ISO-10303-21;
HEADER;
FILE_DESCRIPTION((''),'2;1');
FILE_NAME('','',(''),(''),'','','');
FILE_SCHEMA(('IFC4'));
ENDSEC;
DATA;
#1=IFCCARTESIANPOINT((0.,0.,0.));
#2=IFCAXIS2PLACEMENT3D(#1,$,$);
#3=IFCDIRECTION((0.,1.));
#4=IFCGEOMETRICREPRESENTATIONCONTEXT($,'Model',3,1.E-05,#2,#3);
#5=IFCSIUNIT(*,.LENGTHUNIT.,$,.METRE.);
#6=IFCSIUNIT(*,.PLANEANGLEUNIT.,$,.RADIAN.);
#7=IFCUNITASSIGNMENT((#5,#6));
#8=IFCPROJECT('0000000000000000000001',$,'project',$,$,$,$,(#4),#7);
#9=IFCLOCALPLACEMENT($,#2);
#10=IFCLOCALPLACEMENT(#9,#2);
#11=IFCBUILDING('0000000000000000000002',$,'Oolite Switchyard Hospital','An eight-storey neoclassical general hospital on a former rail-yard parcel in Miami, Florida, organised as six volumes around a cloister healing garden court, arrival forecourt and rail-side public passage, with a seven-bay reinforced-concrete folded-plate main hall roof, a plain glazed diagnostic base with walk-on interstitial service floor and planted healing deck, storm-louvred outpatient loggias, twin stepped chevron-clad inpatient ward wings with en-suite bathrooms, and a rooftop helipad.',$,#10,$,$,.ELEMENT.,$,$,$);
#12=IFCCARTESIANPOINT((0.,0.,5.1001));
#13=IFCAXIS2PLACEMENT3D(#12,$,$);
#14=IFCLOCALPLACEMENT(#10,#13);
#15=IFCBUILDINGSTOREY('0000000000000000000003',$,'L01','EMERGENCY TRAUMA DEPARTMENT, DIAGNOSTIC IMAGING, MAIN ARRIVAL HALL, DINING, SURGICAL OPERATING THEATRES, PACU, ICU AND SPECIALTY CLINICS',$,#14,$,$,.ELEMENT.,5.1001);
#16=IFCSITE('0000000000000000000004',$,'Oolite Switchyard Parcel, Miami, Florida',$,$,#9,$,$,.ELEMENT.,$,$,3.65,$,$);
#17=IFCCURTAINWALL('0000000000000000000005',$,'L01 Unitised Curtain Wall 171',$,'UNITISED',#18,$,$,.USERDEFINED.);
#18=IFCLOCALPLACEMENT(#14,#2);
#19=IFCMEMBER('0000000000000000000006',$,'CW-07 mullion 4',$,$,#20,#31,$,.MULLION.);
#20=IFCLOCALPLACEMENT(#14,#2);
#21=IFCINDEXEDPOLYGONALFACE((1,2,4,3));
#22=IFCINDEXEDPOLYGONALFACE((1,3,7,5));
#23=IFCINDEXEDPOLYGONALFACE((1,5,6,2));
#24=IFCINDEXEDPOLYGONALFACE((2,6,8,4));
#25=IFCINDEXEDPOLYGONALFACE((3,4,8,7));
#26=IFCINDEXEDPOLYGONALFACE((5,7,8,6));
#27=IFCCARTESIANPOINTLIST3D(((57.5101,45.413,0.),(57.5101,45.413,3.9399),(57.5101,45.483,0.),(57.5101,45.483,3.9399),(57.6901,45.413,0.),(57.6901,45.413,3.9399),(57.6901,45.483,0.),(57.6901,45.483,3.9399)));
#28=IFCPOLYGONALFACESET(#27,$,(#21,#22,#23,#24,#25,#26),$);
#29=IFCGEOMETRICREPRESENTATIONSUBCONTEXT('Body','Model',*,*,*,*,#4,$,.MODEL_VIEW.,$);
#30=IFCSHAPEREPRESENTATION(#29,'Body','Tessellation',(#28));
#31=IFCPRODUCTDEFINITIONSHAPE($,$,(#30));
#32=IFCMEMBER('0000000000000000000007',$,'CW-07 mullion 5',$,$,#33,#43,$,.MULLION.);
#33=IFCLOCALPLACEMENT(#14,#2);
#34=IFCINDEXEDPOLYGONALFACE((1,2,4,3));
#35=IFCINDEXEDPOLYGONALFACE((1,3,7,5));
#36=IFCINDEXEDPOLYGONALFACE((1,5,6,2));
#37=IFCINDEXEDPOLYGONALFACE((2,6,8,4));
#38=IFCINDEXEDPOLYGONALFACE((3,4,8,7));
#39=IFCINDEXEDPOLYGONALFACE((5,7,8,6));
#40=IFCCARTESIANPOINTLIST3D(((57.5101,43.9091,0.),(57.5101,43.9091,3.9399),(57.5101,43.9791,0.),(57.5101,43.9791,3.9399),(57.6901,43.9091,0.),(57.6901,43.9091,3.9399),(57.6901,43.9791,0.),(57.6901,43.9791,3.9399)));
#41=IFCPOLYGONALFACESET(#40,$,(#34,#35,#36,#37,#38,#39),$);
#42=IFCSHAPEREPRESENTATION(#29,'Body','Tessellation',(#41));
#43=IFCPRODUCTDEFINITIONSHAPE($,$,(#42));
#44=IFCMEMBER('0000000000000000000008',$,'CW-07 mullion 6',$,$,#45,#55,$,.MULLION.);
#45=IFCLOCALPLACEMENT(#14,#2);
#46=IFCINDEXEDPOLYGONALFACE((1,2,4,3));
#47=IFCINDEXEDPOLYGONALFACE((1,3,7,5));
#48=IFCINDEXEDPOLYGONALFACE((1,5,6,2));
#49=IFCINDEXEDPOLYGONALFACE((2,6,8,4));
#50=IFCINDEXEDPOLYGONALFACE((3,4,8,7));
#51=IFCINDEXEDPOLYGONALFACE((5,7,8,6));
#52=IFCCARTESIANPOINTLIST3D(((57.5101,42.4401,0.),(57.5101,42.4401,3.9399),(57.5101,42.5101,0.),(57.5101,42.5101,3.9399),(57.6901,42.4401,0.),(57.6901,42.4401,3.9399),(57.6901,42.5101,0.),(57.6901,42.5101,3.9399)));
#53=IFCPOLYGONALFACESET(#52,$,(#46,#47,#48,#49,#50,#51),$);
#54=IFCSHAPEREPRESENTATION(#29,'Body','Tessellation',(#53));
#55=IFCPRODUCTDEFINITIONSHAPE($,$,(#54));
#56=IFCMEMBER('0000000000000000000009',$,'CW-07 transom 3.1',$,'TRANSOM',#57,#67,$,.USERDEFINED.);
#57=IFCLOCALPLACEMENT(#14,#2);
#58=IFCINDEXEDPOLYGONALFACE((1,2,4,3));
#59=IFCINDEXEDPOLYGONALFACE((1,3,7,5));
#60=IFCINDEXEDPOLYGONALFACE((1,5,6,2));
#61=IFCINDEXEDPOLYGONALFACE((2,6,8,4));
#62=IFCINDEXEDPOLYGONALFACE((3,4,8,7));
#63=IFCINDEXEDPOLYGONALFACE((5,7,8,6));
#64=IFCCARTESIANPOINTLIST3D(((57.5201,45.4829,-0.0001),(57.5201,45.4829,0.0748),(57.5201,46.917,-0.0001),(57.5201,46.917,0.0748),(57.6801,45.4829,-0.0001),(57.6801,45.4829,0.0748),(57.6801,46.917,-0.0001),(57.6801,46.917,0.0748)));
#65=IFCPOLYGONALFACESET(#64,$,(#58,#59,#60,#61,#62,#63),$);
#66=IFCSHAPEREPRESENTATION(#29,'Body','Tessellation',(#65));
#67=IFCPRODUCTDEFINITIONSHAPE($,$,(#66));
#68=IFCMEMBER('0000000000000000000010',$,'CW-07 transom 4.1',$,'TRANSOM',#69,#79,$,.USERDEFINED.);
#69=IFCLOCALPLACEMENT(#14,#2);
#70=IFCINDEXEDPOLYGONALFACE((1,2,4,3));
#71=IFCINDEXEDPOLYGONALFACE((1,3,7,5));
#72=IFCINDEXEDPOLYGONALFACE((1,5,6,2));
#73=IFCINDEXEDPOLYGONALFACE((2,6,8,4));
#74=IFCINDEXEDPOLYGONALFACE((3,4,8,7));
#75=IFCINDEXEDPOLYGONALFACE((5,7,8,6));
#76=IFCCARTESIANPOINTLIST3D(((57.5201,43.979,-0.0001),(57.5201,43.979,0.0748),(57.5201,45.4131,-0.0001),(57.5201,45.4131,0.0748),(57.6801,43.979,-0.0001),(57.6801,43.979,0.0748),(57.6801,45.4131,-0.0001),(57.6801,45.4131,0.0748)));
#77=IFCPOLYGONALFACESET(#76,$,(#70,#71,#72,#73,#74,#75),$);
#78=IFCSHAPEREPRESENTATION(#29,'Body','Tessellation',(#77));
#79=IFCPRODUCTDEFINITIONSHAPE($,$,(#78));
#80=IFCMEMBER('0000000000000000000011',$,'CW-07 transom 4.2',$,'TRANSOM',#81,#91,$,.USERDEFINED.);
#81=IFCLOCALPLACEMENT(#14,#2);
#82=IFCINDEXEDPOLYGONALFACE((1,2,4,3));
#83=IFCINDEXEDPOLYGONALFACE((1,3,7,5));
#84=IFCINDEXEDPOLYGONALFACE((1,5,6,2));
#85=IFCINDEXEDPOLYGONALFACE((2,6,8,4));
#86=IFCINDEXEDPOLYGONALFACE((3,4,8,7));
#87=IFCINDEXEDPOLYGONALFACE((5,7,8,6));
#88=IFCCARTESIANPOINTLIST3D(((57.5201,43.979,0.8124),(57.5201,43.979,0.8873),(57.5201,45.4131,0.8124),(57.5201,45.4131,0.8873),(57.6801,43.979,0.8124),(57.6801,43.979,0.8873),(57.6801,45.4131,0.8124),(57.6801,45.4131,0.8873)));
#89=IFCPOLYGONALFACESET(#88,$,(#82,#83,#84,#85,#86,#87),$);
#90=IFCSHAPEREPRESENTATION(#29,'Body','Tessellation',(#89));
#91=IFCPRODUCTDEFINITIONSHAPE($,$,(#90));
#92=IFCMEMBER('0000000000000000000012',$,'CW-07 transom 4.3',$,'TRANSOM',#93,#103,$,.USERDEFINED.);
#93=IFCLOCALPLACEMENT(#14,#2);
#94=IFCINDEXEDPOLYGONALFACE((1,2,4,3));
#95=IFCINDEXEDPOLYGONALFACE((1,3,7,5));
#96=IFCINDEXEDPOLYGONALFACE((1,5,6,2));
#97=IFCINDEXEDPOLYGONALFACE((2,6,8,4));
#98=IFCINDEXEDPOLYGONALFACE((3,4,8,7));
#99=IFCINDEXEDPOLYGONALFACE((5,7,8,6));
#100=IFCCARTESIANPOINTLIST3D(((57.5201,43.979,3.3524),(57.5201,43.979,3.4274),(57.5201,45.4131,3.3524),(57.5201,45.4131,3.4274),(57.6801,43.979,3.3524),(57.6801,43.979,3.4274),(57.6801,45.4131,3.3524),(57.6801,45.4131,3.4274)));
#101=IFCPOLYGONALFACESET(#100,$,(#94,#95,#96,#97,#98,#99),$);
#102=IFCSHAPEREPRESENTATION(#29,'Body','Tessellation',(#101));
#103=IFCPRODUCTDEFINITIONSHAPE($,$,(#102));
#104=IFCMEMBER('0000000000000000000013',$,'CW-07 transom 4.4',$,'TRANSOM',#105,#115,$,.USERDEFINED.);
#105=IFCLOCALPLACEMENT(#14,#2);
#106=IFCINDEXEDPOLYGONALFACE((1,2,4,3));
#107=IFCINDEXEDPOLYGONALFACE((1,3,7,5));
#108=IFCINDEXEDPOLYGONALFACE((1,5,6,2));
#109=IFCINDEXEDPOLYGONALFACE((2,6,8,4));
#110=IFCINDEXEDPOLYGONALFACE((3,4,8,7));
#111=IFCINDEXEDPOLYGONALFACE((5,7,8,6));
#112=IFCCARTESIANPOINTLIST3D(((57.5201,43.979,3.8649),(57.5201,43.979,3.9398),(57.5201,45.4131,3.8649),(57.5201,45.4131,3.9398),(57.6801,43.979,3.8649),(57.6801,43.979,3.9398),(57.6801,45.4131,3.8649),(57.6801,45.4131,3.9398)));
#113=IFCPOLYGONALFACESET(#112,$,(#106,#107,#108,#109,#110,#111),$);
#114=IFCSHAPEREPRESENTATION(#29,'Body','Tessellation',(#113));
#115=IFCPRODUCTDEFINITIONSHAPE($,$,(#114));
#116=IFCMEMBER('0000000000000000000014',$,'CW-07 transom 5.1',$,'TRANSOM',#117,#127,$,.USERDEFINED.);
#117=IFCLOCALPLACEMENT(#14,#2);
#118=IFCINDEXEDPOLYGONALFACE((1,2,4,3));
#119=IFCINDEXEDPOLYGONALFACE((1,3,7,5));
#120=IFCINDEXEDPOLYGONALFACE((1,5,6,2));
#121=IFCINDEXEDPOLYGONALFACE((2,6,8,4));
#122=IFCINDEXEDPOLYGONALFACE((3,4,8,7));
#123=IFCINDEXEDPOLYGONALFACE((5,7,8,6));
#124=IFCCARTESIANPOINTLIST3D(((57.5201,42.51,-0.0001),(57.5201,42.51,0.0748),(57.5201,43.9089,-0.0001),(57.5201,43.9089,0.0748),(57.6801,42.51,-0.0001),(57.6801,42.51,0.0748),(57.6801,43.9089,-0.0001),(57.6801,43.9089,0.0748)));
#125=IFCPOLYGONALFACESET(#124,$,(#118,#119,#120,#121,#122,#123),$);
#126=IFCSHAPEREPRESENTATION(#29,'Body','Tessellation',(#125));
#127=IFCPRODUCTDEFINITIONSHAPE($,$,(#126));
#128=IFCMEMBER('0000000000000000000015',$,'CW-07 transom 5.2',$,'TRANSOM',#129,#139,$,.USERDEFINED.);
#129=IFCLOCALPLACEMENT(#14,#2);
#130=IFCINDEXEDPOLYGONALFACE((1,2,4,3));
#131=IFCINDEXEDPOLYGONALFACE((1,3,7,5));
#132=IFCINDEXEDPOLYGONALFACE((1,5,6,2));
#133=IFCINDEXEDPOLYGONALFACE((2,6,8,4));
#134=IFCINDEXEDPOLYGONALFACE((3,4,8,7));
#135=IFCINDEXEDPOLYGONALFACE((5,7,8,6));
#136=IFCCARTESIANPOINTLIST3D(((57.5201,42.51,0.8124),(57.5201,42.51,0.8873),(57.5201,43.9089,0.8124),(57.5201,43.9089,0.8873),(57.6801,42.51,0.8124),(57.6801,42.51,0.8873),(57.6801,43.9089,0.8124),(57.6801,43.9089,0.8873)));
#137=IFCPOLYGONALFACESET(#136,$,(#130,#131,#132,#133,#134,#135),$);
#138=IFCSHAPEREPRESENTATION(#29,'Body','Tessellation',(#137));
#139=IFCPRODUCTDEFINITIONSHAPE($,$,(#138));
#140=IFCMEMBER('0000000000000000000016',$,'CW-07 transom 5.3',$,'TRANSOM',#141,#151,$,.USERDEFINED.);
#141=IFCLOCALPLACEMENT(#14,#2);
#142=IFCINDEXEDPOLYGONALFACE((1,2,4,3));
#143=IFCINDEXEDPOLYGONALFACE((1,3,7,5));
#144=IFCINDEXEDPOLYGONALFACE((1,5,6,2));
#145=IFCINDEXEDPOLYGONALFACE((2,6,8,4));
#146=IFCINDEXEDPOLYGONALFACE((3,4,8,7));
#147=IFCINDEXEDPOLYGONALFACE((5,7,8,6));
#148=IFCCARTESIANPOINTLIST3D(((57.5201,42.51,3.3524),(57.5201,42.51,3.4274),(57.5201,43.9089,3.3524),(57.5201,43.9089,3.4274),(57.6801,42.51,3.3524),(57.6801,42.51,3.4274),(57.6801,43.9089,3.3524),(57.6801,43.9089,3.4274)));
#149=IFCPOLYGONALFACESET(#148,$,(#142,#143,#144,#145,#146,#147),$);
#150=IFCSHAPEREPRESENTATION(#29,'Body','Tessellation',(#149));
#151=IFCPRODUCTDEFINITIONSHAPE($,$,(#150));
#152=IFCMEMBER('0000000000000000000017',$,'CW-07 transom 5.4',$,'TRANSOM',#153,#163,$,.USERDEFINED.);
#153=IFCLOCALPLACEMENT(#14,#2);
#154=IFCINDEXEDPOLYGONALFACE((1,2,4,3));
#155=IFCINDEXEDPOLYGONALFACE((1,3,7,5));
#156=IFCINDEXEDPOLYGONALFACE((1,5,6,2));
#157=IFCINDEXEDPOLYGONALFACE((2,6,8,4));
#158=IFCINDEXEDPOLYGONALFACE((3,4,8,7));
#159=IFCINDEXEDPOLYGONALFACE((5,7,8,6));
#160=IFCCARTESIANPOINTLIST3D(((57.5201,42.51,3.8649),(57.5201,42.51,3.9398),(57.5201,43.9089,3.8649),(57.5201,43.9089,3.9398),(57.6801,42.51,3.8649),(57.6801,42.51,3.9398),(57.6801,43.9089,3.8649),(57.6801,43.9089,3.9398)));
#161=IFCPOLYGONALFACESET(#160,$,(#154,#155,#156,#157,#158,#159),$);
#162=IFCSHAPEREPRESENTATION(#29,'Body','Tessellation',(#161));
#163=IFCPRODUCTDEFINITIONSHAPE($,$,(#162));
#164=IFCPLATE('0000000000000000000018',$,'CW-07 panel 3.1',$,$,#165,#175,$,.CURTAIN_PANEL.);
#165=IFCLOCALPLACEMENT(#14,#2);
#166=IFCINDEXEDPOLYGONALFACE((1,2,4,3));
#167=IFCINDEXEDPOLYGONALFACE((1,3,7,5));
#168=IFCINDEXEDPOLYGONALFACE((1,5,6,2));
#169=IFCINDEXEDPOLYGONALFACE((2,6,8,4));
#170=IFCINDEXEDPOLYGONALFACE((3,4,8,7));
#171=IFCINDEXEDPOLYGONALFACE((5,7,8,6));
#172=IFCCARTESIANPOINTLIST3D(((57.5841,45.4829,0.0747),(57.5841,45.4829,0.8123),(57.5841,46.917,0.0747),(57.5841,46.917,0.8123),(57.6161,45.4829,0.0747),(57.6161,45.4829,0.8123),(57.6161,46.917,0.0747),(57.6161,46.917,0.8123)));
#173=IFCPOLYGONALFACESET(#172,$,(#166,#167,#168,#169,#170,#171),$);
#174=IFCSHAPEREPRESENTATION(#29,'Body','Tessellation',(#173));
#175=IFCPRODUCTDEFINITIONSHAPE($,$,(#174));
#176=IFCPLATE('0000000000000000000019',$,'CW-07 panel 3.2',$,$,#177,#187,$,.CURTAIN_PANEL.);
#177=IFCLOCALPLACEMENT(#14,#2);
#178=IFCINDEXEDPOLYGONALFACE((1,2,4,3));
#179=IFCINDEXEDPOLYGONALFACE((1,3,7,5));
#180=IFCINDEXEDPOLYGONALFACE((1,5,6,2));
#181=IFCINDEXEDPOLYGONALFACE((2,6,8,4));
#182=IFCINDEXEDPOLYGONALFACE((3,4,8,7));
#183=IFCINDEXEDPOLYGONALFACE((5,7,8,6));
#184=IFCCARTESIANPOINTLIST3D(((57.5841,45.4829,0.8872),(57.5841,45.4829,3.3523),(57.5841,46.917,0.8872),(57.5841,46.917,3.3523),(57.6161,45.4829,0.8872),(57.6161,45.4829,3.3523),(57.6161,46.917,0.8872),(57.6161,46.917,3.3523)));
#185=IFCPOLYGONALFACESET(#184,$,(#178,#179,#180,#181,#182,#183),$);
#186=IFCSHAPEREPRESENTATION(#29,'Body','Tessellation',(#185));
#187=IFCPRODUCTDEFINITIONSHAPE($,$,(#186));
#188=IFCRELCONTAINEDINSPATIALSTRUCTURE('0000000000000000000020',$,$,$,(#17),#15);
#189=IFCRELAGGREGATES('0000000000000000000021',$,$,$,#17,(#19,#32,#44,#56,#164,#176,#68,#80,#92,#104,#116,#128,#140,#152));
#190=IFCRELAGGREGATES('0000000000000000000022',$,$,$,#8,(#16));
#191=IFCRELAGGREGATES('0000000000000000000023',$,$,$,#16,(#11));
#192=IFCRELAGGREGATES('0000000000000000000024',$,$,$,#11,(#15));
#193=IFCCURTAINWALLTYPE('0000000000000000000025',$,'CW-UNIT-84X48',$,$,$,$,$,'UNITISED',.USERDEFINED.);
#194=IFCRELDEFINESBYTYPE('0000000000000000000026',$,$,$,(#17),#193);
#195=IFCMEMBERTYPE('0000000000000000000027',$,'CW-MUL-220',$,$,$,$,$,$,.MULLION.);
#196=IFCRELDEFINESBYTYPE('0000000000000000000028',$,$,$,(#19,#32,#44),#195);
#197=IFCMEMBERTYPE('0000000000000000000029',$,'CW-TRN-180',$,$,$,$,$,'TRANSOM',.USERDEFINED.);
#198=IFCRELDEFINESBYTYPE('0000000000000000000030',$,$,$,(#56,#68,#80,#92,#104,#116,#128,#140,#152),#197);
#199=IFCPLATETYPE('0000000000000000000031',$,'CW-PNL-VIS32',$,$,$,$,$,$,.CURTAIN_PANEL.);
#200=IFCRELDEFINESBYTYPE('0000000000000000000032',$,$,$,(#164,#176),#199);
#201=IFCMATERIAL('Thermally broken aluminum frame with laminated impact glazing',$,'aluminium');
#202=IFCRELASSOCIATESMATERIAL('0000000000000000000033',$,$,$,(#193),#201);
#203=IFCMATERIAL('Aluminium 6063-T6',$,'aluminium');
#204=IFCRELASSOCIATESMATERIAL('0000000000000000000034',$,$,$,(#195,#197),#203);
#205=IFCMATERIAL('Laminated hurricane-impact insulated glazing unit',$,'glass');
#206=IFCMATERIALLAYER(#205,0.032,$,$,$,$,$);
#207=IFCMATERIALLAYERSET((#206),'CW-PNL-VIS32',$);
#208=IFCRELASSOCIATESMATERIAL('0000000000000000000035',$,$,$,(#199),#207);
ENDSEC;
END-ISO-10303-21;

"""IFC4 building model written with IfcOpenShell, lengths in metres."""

from ifc_helpers import new_model, si_unit, direction, frame, origin, origin_2d, place, context, subcontext, project, spatial, rectangle, extrude, material, layer, layer_set, material_profile, profile_set, type_object, element, aggregate, save


model = new_model("IFC4")

# Units and contexts
model_context = context("Model", 3, precision=1e-05, world=origin(), true_north=direction((0.0, 1.0)))
body_context = subcontext(model_context, "Body", "Model", "MODEL_VIEW")
ifc_project = project(units=[si_unit("LENGTHUNIT", "METRE"), si_unit("PLANEANGLEUNIT", "RADIAN")], contexts=[model_context])

# Site, building, storey
site_placement = place(None, origin())
site = spatial("IfcSite", under=ifc_project, at=site_placement, Name="Oolite Switchyard Parcel, Miami, Florida", CompositionType="ELEMENT", RefElevation=3.65)
building_placement = place(site_placement, origin())
building = spatial("IfcBuilding", under=site, at=building_placement, Name="Oolite Switchyard Hospital", Description="An eight-storey neoclassical general hospital on a former rail-yard parcel in Miami, Florida, organised as six volumes around a cloister healing garden court, arrival forecourt and rail-side public passage, with a seven-bay reinforced-concrete folded-plate main hall roof, a plain glazed diagnostic base with walk-on interstitial service floor and planted healing deck, storm-louvred outpatient loggias, twin stepped chevron-clad inpatient ward wings with en-suite bathrooms, and a rooftop helipad.", CompositionType="ELEMENT")
storey_placement = place(building_placement, frame((0.0, 0.0, 5.1001)))
storey = spatial("IfcBuildingStorey", under=building, at=storey_placement, Name="L01", Description="EMERGENCY TRAUMA DEPARTMENT, DIAGNOSTIC IMAGING, MAIN ARRIVAL HALL, DINING, SURGICAL OPERATING THEATRES, PACU, ICU AND SPECIALTY CLINICS", CompositionType="ELEMENT", Elevation=5.1001)

# Curtain wall, members, plates
ifc_material_1 = material(Name="Thermally broken aluminum frame with laminated impact glazing", Category="aluminium")
curtain_wall_type = type_object("IfcCurtainWallType", Name="CW-UNIT-84X48", ElementType="UNITISED", PredefinedType="USERDEFINED", material=ifc_material_1)
curtain_wall_placement = place(storey_placement, origin())
curtain_wall = element("IfcCurtainWall", 1, at=curtain_wall_placement, inside=storey, type_object=curtain_wall_type, Name="L01 Unitised Curtain Wall 171", ObjectType="UNITISED", PredefinedType="USERDEFINED")
ifc_material_2 = material(Name="Aluminium 6063-T6", Category="aluminium")
ifc_material_profile_1 = material_profile(ifc_material_2, rectangle(XDim=0.1799, YDim=0.0701, at=origin_2d()), Name="CWM70X180")
ifc_profile_set_1 = profile_set([ifc_material_profile_1], Name="Aluminium 6063-T6")
member_type_1 = type_object("IfcMemberType", Name="CW-MUL-220", PredefinedType="MULLION", material=ifc_profile_set_1)
member_1_placement = place(storey_placement, frame((57.6001, 45.448, 0.0), z_axis=(0.0, 0.0, 1.0), x_axis=(1.0, 0.0, 0.0)))
member_1 = element("IfcMember", 2, at=member_1_placement, type_object=member_type_1, Name="CW-07 mullion 4", PredefinedType="MULLION", context=body_context, shape_type="SweptSolid", body=[
    extrude(rectangle(XDim=0.1799, YDim=0.0701, at=origin_2d()), origin(), (0.0, 0.0, 1.0), 3.9399),
])
member_2_placement = place(storey_placement, frame((57.6001, 43.9441, 0.0), z_axis=(0.0, 0.0, 1.0), x_axis=(1.0, 0.0, 0.0)))
member_2 = element("IfcMember", 3, at=member_2_placement, type_object=member_type_1, Name="CW-07 mullion 5", PredefinedType="MULLION", context=body_context, shape_type="SweptSolid", body=[
    extrude(rectangle(XDim=0.1799, YDim=0.0701, at=origin_2d()), origin(), (0.0, 0.0, 1.0), 3.9399),
])
member_3_placement = place(storey_placement, frame((57.6001, 42.4751, 0.0), z_axis=(0.0, 0.0, 1.0), x_axis=(1.0, 0.0, 0.0)))
member_3 = element("IfcMember", 4, at=member_3_placement, type_object=member_type_1, Name="CW-07 mullion 6", PredefinedType="MULLION", context=body_context, shape_type="SweptSolid", body=[
    extrude(rectangle(XDim=0.1799, YDim=0.0701, at=origin_2d()), origin(), (0.0, 0.0, 1.0), 3.9399),
])
ifc_material_profile_2 = material_profile(ifc_material_2, rectangle(XDim=0.1599, YDim=0.075, at=origin_2d()), Name="CWT75X160")
ifc_profile_set_2 = profile_set([ifc_material_profile_2], Name="Aluminium 6063-T6")
member_type_2 = type_object("IfcMemberType", Name="CW-TRN-180", ElementType="TRANSOM", PredefinedType="USERDEFINED", material=ifc_profile_set_2)
member_4_placement = place(storey_placement, frame((57.6001, 46.917, 0.0374), z_axis=(0.0, -1.0, 0.0), x_axis=(1.0, 0.0, 0.0)))
member_4 = element("IfcMember", 5, at=member_4_placement, type_object=member_type_2, Name="CW-07 transom 3.1", ObjectType="TRANSOM", PredefinedType="USERDEFINED", context=body_context, shape_type="SweptSolid", body=[
    extrude(rectangle(XDim=0.1599, YDim=0.075, at=origin_2d()), origin(), (0.0, 0.0, 1.0), 1.4341),
])
member_5_placement = place(storey_placement, frame((57.6001, 45.4131, 0.0374), z_axis=(0.0, -1.0, 0.0), x_axis=(1.0, 0.0, 0.0)))
member_5 = element("IfcMember", 6, at=member_5_placement, type_object=member_type_2, Name="CW-07 transom 4.1", ObjectType="TRANSOM", PredefinedType="USERDEFINED", context=body_context, shape_type="SweptSolid", body=[
    extrude(rectangle(XDim=0.1599, YDim=0.075, at=origin_2d()), origin(), (0.0, 0.0, 1.0), 1.4341),
])
member_6_placement = place(storey_placement, frame((57.6001, 45.4131, 0.8499), z_axis=(0.0, -1.0, 0.0), x_axis=(1.0, 0.0, 0.0)))
member_6 = element("IfcMember", 7, at=member_6_placement, type_object=member_type_2, Name="CW-07 transom 4.2", ObjectType="TRANSOM", PredefinedType="USERDEFINED", context=body_context, shape_type="SweptSolid", body=[
    extrude(rectangle(XDim=0.1599, YDim=0.075, at=origin_2d()), origin(), (0.0, 0.0, 1.0), 1.4341),
])
member_7_placement = place(storey_placement, frame((57.6001, 45.4131, 3.3899), z_axis=(0.0, -1.0, 0.0), x_axis=(1.0, 0.0, 0.0)))
member_7 = element("IfcMember", 8, at=member_7_placement, type_object=member_type_2, Name="CW-07 transom 4.3", ObjectType="TRANSOM", PredefinedType="USERDEFINED", context=body_context, shape_type="SweptSolid", body=[
    extrude(rectangle(XDim=0.1599, YDim=0.075, at=origin_2d()), origin(), (0.0, 0.0, 1.0), 1.4341),
])
member_8_placement = place(storey_placement, frame((57.6001, 45.4131, 3.9023), z_axis=(0.0, -1.0, 0.0), x_axis=(1.0, 0.0, 0.0)))
member_8 = element("IfcMember", 9, at=member_8_placement, type_object=member_type_2, Name="CW-07 transom 4.4", ObjectType="TRANSOM", PredefinedType="USERDEFINED", context=body_context, shape_type="SweptSolid", body=[
    extrude(rectangle(XDim=0.1599, YDim=0.075, at=origin_2d()), origin(), (0.0, 0.0, 1.0), 1.4341),
])
member_9_placement = place(storey_placement, frame((57.6001, 43.9089, 0.0374), z_axis=(0.0, -1.0, 0.0), x_axis=(1.0, 0.0, 0.0)))
member_9 = element("IfcMember", 10, at=member_9_placement, type_object=member_type_2, Name="CW-07 transom 5.1", ObjectType="TRANSOM", PredefinedType="USERDEFINED", context=body_context, shape_type="SweptSolid", body=[
    extrude(rectangle(XDim=0.1599, YDim=0.075, at=origin_2d()), origin(), (0.0, 0.0, 1.0), 1.3989),
])
member_10_placement = place(storey_placement, frame((57.6001, 43.9089, 0.8499), z_axis=(0.0, -1.0, 0.0), x_axis=(1.0, 0.0, 0.0)))
member_10 = element("IfcMember", 11, at=member_10_placement, type_object=member_type_2, Name="CW-07 transom 5.2", ObjectType="TRANSOM", PredefinedType="USERDEFINED", context=body_context, shape_type="SweptSolid", body=[
    extrude(rectangle(XDim=0.1599, YDim=0.075, at=origin_2d()), origin(), (0.0, 0.0, 1.0), 1.3989),
])
member_11_placement = place(storey_placement, frame((57.6001, 43.9089, 3.3899), z_axis=(0.0, -1.0, 0.0), x_axis=(1.0, 0.0, 0.0)))
member_11 = element("IfcMember", 12, at=member_11_placement, type_object=member_type_2, Name="CW-07 transom 5.3", ObjectType="TRANSOM", PredefinedType="USERDEFINED", context=body_context, shape_type="SweptSolid", body=[
    extrude(rectangle(XDim=0.1599, YDim=0.075, at=origin_2d()), origin(), (0.0, 0.0, 1.0), 1.3989),
])
member_12_placement = place(storey_placement, frame((57.6001, 43.9089, 3.9023), z_axis=(0.0, -1.0, 0.0), x_axis=(1.0, 0.0, 0.0)))
member_12 = element("IfcMember", 13, at=member_12_placement, type_object=member_type_2, Name="CW-07 transom 5.4", ObjectType="TRANSOM", PredefinedType="USERDEFINED", context=body_context, shape_type="SweptSolid", body=[
    extrude(rectangle(XDim=0.1599, YDim=0.075, at=origin_2d()), origin(), (0.0, 0.0, 1.0), 1.3989),
])
ifc_material_3 = material(Name="Laminated hurricane-impact insulated glazing unit", Category="glass")
ifc_layer_1 = layer(ifc_material_3, 0.032)
ifc_layer_set_1 = layer_set([ifc_layer_1], Name="CW-PNL-VIS32")
plate_type = type_object("IfcPlateType", Name="CW-PNL-VIS32", PredefinedType="CURTAIN_PANEL", material=ifc_layer_set_1)
plate_1_placement = place(storey_placement, frame((57.6001, 46.2, 0.0747), z_axis=(0.0, 0.0, 1.0), x_axis=(0.0, -1.0, 0.0)))
plate_1 = element("IfcPlate", 14, at=plate_1_placement, type_object=plate_type, Name="CW-07 panel 3.1", PredefinedType="CURTAIN_PANEL", context=body_context, shape_type="SweptSolid", body=[
    extrude(rectangle(XDim=1.4341, YDim=0.032, at=origin_2d()), origin(), (0.0, 0.0, 1.0), 0.7375),
])
plate_2_placement = place(storey_placement, frame((57.6001, 46.2, 0.8872), z_axis=(0.0, 0.0, 1.0), x_axis=(0.0, -1.0, 0.0)))
plate_2 = element("IfcPlate", 15, at=plate_2_placement, type_object=plate_type, Name="CW-07 panel 3.2", PredefinedType="CURTAIN_PANEL", context=body_context, shape_type="SweptSolid", body=[
    extrude(rectangle(XDim=1.4341, YDim=0.032, at=origin_2d()), origin(), (0.0, 0.0, 1.0), 2.4651),
])
aggregate(curtain_wall, [member_1, member_2, member_3, member_4, plate_1, plate_2, member_5, member_6, member_7, member_8, member_9, member_10, member_11, member_12])

save(model, "model.ifc")
